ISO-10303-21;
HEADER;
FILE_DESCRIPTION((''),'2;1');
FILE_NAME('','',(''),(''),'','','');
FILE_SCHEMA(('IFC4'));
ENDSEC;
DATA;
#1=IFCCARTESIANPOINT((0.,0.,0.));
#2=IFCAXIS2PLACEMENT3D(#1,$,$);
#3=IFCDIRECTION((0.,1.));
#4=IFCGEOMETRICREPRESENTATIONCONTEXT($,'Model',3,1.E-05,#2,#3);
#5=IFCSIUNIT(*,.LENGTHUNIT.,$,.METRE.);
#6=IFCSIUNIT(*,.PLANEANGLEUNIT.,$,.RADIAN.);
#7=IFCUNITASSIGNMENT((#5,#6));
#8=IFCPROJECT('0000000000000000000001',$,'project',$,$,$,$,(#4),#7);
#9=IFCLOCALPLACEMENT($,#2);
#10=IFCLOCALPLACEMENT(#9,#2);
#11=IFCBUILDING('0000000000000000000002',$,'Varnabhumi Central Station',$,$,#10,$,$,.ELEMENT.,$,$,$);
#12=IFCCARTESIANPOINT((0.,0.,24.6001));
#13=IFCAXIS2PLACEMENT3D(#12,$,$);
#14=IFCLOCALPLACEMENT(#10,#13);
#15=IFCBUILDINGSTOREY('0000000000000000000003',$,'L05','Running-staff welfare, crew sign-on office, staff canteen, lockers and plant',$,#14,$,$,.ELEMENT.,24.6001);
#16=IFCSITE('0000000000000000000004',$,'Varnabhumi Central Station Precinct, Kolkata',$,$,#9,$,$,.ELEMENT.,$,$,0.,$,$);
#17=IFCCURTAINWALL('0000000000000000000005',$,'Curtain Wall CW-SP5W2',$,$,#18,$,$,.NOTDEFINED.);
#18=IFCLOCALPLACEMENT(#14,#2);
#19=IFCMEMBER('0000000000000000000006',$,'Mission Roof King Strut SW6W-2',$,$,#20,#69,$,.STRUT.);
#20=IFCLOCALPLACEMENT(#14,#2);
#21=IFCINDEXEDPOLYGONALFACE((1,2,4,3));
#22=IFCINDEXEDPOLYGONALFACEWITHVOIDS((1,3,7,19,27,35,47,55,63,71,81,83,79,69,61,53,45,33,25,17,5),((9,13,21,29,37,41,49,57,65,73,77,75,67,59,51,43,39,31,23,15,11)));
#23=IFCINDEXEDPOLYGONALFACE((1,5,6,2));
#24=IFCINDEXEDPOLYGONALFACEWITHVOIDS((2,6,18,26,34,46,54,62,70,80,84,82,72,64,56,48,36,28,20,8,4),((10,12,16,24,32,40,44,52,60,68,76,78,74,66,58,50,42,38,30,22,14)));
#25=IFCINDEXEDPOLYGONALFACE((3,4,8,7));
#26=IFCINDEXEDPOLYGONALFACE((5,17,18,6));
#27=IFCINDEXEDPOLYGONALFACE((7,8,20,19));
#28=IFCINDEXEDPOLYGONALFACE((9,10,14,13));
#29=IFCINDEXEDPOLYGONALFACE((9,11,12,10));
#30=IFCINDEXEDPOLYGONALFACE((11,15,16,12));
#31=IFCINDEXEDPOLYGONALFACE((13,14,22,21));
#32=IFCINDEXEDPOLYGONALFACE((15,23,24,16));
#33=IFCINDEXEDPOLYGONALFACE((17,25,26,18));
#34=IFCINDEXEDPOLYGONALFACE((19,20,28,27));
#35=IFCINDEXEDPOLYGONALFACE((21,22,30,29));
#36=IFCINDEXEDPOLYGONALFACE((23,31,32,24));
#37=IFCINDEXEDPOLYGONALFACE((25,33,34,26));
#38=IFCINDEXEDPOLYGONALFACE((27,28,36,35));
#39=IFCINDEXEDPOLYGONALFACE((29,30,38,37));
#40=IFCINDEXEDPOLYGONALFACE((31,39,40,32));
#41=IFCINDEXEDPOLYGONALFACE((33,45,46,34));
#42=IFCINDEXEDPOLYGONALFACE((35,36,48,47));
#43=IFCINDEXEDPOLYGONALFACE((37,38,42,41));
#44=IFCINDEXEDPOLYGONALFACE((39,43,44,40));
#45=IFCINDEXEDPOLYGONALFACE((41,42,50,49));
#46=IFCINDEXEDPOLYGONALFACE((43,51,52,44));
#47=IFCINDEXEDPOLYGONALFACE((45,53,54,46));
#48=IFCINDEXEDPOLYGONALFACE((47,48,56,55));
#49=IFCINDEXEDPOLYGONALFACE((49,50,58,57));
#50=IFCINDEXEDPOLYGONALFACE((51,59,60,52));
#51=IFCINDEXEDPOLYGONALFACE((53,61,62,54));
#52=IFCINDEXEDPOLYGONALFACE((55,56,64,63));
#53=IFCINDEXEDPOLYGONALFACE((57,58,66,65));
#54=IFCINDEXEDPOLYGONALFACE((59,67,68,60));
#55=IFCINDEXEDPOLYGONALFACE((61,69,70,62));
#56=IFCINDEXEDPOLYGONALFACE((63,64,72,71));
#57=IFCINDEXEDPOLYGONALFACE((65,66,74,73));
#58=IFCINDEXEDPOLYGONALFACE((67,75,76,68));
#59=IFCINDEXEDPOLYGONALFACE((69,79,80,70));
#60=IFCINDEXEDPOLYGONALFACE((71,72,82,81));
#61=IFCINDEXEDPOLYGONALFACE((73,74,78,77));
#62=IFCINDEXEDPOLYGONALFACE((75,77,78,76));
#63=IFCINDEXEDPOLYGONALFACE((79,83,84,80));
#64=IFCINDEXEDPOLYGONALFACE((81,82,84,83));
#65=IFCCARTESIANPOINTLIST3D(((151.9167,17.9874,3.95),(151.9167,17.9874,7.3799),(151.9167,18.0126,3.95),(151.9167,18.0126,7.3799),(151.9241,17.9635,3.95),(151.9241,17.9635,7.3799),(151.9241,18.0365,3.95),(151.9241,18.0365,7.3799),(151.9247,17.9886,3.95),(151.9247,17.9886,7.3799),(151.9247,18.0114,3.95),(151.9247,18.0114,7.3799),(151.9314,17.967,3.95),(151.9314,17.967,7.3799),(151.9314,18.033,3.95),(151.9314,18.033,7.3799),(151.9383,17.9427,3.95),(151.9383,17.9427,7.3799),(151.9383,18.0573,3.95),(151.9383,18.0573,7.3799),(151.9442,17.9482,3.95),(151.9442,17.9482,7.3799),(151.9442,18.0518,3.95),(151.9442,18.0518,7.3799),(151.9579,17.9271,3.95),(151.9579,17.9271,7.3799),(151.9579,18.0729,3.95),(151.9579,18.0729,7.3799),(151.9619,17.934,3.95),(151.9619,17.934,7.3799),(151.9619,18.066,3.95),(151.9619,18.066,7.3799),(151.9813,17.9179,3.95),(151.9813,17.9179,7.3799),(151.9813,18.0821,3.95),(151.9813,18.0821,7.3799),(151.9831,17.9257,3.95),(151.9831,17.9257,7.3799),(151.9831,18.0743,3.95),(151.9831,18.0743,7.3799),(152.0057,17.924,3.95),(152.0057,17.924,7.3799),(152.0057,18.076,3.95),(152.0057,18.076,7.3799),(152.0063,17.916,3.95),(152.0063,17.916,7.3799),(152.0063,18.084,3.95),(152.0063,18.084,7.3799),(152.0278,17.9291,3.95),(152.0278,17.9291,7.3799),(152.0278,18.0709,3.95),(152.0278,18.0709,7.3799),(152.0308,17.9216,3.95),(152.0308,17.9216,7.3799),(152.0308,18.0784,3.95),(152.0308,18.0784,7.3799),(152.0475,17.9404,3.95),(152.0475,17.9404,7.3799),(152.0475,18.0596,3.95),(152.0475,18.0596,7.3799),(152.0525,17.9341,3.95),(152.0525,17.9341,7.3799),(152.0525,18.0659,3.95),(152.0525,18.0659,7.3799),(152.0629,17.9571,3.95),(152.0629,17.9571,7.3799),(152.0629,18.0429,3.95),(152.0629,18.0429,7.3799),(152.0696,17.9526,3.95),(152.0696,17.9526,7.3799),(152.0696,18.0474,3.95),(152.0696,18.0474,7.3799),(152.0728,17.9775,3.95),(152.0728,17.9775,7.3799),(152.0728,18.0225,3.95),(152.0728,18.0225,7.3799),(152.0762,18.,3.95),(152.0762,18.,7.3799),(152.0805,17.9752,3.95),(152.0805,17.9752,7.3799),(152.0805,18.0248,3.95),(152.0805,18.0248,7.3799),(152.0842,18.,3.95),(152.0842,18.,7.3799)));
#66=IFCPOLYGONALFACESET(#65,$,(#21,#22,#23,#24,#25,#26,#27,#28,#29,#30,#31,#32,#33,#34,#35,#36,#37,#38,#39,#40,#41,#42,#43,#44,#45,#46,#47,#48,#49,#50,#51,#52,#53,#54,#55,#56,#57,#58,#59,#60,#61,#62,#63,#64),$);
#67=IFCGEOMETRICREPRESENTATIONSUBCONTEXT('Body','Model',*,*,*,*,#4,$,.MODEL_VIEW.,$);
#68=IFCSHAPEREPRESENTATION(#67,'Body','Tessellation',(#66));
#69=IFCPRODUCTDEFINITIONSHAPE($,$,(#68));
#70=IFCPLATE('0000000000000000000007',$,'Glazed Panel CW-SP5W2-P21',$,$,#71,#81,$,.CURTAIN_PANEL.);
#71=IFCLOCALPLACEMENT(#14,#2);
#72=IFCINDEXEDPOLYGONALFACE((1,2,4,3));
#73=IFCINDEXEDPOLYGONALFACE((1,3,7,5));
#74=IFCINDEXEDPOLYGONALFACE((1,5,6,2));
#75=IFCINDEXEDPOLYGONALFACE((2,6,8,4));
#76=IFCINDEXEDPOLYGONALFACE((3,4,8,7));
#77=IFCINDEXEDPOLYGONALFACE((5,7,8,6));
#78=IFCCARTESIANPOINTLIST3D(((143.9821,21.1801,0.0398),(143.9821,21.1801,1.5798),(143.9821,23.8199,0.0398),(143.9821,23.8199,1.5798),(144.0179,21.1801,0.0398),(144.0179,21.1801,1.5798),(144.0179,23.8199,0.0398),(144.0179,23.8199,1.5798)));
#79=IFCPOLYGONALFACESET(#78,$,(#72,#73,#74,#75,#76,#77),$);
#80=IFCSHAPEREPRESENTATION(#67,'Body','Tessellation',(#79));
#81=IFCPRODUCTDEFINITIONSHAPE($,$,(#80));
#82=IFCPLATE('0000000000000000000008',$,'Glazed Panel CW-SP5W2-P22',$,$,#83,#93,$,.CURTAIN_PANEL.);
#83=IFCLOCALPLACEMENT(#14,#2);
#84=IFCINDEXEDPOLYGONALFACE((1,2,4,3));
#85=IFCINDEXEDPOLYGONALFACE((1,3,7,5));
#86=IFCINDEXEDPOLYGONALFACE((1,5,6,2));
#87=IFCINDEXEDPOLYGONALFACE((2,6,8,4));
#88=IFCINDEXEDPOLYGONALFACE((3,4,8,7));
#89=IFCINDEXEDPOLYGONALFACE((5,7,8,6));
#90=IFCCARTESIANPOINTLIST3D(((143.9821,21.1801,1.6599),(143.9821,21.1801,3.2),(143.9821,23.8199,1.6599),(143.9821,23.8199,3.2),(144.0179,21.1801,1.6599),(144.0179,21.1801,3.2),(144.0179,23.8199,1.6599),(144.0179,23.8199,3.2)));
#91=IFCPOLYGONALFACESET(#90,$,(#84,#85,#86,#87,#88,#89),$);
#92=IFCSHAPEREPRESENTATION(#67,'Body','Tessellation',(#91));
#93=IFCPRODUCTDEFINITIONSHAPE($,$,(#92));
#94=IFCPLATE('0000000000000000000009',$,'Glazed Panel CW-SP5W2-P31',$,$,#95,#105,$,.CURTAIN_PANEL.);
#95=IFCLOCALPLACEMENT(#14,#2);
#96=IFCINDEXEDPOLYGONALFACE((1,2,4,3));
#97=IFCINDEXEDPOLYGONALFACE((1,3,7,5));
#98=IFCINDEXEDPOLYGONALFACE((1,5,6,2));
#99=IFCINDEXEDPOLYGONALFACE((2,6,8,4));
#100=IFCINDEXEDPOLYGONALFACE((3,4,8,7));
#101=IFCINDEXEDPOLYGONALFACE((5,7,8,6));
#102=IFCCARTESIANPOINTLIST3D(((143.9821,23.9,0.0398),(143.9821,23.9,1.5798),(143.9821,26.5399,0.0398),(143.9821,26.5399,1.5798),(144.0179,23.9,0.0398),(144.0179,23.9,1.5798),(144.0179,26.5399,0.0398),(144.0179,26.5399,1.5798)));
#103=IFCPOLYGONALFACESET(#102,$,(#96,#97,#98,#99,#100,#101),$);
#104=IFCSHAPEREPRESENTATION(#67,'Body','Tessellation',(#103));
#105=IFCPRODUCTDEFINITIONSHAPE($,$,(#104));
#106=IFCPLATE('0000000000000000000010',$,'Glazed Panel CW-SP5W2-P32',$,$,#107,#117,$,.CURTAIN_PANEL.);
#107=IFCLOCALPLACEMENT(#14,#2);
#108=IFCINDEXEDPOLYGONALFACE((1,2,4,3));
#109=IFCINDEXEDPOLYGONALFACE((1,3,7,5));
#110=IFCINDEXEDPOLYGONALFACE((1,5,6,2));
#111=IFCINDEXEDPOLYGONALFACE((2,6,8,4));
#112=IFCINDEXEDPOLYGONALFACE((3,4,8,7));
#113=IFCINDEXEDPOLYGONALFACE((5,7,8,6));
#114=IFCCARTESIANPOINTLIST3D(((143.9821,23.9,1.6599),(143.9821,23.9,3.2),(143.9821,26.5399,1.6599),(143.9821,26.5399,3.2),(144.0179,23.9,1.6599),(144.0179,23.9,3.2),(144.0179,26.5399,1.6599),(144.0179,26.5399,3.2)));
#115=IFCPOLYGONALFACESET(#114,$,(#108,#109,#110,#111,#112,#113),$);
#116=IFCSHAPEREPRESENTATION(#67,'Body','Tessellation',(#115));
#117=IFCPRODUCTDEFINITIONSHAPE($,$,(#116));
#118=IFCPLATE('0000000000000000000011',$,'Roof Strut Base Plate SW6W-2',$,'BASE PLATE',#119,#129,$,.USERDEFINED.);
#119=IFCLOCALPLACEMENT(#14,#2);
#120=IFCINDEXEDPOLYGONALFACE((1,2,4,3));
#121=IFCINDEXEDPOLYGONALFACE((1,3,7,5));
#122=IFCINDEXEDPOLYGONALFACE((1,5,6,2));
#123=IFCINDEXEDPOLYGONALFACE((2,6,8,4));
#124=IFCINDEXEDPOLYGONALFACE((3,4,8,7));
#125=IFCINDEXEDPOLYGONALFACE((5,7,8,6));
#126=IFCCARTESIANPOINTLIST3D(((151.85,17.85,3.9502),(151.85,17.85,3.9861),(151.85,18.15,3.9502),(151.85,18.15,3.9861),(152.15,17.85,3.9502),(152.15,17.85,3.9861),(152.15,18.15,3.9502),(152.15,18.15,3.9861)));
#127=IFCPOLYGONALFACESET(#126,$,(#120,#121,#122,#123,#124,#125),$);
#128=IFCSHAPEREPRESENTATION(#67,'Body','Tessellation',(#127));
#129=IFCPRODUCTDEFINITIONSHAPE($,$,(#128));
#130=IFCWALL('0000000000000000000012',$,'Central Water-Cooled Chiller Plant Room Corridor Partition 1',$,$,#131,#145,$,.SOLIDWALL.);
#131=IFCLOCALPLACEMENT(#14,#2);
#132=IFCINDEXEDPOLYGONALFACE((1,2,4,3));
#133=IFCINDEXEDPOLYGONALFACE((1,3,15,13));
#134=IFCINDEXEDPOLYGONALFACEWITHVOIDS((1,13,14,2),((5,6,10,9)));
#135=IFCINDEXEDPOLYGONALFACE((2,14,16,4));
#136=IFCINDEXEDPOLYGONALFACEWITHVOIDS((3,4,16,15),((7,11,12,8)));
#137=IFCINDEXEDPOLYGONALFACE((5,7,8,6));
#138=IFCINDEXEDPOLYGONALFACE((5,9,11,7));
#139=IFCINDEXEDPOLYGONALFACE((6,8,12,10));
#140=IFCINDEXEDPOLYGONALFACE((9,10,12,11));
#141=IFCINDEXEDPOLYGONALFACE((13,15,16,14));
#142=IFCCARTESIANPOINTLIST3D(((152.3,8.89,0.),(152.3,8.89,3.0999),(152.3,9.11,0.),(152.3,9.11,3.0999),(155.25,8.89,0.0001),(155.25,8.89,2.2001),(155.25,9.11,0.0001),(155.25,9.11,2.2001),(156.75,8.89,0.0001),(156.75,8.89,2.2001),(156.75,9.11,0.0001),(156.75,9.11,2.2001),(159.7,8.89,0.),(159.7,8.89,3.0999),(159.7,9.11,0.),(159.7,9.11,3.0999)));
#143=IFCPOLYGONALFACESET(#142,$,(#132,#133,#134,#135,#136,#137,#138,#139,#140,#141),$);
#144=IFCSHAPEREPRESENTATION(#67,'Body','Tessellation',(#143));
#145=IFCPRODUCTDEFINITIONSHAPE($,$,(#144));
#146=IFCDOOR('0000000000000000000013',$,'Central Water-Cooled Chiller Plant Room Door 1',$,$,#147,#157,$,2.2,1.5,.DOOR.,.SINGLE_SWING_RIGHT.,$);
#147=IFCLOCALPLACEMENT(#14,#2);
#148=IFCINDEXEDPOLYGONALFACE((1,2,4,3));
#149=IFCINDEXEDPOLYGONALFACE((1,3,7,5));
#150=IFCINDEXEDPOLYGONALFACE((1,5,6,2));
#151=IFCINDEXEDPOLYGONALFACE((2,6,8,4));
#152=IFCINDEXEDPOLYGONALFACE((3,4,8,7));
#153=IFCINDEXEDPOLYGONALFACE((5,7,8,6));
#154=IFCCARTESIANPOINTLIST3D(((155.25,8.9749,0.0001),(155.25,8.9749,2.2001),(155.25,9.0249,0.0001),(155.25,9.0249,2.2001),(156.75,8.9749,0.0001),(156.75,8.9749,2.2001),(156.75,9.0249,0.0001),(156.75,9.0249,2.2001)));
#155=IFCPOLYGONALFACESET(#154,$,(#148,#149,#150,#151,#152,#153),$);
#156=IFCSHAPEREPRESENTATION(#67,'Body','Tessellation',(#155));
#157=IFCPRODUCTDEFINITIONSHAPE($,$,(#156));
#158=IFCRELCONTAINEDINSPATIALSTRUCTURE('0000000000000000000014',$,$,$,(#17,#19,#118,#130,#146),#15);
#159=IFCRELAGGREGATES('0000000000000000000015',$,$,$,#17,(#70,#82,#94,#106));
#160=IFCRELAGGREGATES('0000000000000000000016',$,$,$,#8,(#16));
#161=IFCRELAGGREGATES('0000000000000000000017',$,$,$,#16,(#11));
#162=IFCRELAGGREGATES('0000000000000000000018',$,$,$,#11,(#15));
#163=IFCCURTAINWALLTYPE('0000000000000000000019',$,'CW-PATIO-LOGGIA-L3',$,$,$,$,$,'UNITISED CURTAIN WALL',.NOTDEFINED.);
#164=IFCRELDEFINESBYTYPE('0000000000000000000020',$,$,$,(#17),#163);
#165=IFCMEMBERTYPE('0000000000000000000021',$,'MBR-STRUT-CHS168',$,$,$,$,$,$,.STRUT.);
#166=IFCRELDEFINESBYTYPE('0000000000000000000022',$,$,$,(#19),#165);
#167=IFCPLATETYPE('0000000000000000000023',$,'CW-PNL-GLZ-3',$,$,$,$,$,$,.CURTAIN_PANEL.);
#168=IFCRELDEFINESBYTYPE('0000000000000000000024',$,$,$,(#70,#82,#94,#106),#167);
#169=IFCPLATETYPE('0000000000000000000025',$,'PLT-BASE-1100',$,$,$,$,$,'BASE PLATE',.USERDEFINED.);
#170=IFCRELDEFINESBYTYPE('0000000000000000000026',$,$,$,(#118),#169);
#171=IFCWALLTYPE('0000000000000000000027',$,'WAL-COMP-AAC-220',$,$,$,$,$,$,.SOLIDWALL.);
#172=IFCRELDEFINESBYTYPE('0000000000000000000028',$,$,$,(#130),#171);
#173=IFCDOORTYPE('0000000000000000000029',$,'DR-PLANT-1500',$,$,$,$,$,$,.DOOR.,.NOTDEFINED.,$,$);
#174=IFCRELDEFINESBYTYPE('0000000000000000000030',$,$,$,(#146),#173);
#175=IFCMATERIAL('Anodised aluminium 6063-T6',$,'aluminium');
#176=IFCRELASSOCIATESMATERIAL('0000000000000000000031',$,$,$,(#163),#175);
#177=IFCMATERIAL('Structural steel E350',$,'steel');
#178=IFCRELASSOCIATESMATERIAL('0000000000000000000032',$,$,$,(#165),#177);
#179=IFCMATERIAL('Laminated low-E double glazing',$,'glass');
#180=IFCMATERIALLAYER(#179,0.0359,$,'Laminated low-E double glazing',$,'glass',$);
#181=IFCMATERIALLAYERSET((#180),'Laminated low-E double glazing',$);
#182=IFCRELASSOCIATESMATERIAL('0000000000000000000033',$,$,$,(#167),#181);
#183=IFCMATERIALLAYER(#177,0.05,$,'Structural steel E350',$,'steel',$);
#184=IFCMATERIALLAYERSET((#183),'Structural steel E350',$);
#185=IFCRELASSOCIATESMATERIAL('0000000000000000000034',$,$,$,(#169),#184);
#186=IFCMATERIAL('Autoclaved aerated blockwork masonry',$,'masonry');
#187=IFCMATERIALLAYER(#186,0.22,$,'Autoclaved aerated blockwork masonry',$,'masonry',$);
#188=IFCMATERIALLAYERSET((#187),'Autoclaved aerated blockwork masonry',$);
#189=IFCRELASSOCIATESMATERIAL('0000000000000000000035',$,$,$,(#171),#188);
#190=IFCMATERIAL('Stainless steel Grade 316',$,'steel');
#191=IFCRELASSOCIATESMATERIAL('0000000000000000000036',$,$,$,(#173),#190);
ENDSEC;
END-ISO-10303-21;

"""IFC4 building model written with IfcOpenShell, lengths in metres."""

from ifc_helpers import new_model, si_unit, direction, frame, frame_2d, origin, origin_2d, place, context, subcontext, project, spatial, rectangle, hollow_circle, extrude, material, layer, layer_set, material_profile, profile_set, type_object, element, fill, aggregate, save


model = new_model("IFC4")

# Units and contexts
model_context = context("Model", 3, precision=1e-05, world=origin(), true_north=direction((0.0, 1.0)))
body_context = subcontext(model_context, "Body", "Model", "MODEL_VIEW")
ifc_project = project(units=[si_unit("LENGTHUNIT", "METRE"), si_unit("PLANEANGLEUNIT", "RADIAN")], contexts=[model_context])

# Site, building, storey
site_placement = place(None, origin())
site = spatial("IfcSite", under=ifc_project, at=site_placement, Name="Varnabhumi Central Station Precinct, Kolkata", CompositionType="ELEMENT", RefElevation=0.0)
building_placement = place(site_placement, origin())
building = spatial("IfcBuilding", under=site, at=building_placement, Name="Varnabhumi Central Station", CompositionType="ELEMENT")
storey_placement = place(building_placement, frame((0.0, 0.0, 24.6001)))
storey = spatial("IfcBuildingStorey", under=building, at=storey_placement, Name="L05", Description="Running-staff welfare, crew sign-on office, staff canteen, lockers and plant", CompositionType="ELEMENT", Elevation=24.6001)

# Shared definitions
ifc_material_1 = material(Name="Structural steel E350", Category="steel")

# Curtain wall
ifc_material_2 = material(Name="Anodised aluminium 6063-T6", Category="aluminium")
curtain_wall_type = type_object("IfcCurtainWallType", Name="CW-PATIO-LOGGIA-L3", ElementType="UNITISED CURTAIN WALL", PredefinedType="NOTDEFINED", material=ifc_material_2)
curtain_wall_placement = place(storey_placement, origin())
curtain_wall = element("IfcCurtainWall", 1, at=curtain_wall_placement, inside=storey, type_object=curtain_wall_type, Name="Curtain Wall CW-SP5W2", PredefinedType="NOTDEFINED")

# Member
ifc_material_profile_1 = material_profile(ifc_material_1, hollow_circle(Radius=0.0842, WallThickness=0.0081, at=origin_2d()), Name="Structural steel E350", Category="steel")
ifc_profile_set_1 = profile_set([ifc_material_profile_1], Name="Structural steel E350")
member_type_1 = type_object("IfcMemberType", Name="MBR-STRUT-CHS168", PredefinedType="STRUT", material=ifc_profile_set_1)
member_1_placement = place(storey_placement, frame((152.0, 18.0, 3.95), z_axis=(0.0, 0.0, 1.0), x_axis=(1.0, 0.0, 0.0)))
element("IfcMember", 2, at=member_1_placement, inside=storey, type_object=member_type_1, Name="Mission Roof King Strut SW6W-2", PredefinedType="STRUT", context=body_context, shape_type="SweptSolid", body=[
    extrude(hollow_circle(Radius=0.0842, WallThickness=0.0081, at=origin_2d()), origin(), (0.0, 0.0, 1.0), 3.4299),
])

# Plates
ifc_material_3 = material(Name="Laminated low-E double glazing", Category="glass")
ifc_layer_1 = layer(ifc_material_3, 0.0359, Name="Laminated low-E double glazing", Category="glass")
ifc_layer_set_1 = layer_set([ifc_layer_1], Name="Laminated low-E double glazing")
plate_type_1 = type_object("IfcPlateType", Name="CW-PNL-GLZ-3", PredefinedType="CURTAIN_PANEL", material=ifc_layer_set_1)
plate_1_placement = place(storey_placement, frame((144.0, 22.5, 0.0398), z_axis=(0.0, 0.0, 1.0), x_axis=(0.0, 1.0, 0.0)))
plate_1 = element("IfcPlate", 3, at=plate_1_placement, type_object=plate_type_1, Name="Glazed Panel CW-SP5W2-P21", PredefinedType="CURTAIN_PANEL", context=body_context, shape_type="SweptSolid", body=[
    extrude(rectangle(XDim=2.6399, YDim=0.0359, at=origin_2d()), origin(), (0.0, 0.0, 1.0), 1.54),
])
plate_2_placement = place(storey_placement, frame((144.0, 22.5, 1.6599), z_axis=(0.0, 0.0, 1.0), x_axis=(0.0, 1.0, 0.0)))
plate_2 = element("IfcPlate", 4, at=plate_2_placement, type_object=plate_type_1, Name="Glazed Panel CW-SP5W2-P22", PredefinedType="CURTAIN_PANEL", context=body_context, shape_type="SweptSolid", body=[
    extrude(rectangle(XDim=2.6399, YDim=0.0359, at=origin_2d()), origin(), (0.0, 0.0, 1.0), 1.54),
])
plate_3_placement = place(storey_placement, frame((144.0, 25.22, 0.0398), z_axis=(0.0, 0.0, 1.0), x_axis=(0.0, 1.0, 0.0)))
plate_3 = element("IfcPlate", 5, at=plate_3_placement, type_object=plate_type_1, Name="Glazed Panel CW-SP5W2-P31", PredefinedType="CURTAIN_PANEL", context=body_context, shape_type="SweptSolid", body=[
    extrude(rectangle(XDim=2.6399, YDim=0.0359, at=origin_2d()), origin(), (0.0, 0.0, 1.0), 1.54),
])
plate_4_placement = place(storey_placement, frame((144.0, 25.22, 1.6599), z_axis=(0.0, 0.0, 1.0), x_axis=(0.0, 1.0, 0.0)))
plate_4 = element("IfcPlate", 6, at=plate_4_placement, type_object=plate_type_1, Name="Glazed Panel CW-SP5W2-P32", PredefinedType="CURTAIN_PANEL", context=body_context, shape_type="SweptSolid", body=[
    extrude(rectangle(XDim=2.6399, YDim=0.0359, at=origin_2d()), origin(), (0.0, 0.0, 1.0), 1.54),
])
aggregate(curtain_wall, [plate_1, plate_2, plate_3, plate_4])
ifc_layer_2 = layer(ifc_material_1, 0.05, Name="Structural steel E350", Category="steel")
ifc_layer_set_2 = layer_set([ifc_layer_2], Name="Structural steel E350")
plate_type_2 = type_object("IfcPlateType", Name="PLT-BASE-1100", ElementType="BASE PLATE", PredefinedType="USERDEFINED", material=ifc_layer_set_2)
plate_5_placement = place(storey_placement, frame((152.0, 18.0, 3.9502), z_axis=(0.0, 0.0, 1.0), x_axis=(1.0, 0.0, 0.0)))
element("IfcPlate", 7, at=plate_5_placement, inside=storey, type_object=plate_type_2, Name="Roof Strut Base Plate SW6W-2", ObjectType="BASE PLATE", PredefinedType="USERDEFINED", context=body_context, shape_type="SweptSolid", body=[
    extrude(rectangle(XDim=0.3, YDim=0.3, at=origin_2d()), origin(), (0.0, 0.0, 1.0), 0.0359),
])

# Wall, opening, door
ifc_material_4 = material(Name="Autoclaved aerated blockwork masonry", Category="masonry")
ifc_layer_3 = layer(ifc_material_4, 0.22, Name="Autoclaved aerated blockwork masonry", Category="masonry")
ifc_layer_set_3 = layer_set([ifc_layer_3], Name="Autoclaved aerated blockwork masonry")
wall_type_1 = type_object("IfcWallType", Name="WAL-COMP-AAC-220", PredefinedType="SOLIDWALL", material=ifc_layer_set_3)
wall_1_placement = place(storey_placement, frame((152.3, 9.0, 0.0), z_axis=(0.0, 0.0, 1.0), x_axis=(1.0, 0.0, 0.0)))
wall_1 = element("IfcWall", 8, at=wall_1_placement, inside=storey, type_object=wall_type_1, Name="Central Water-Cooled Chiller Plant Room Corridor Partition 1", PredefinedType="SOLIDWALL", context=body_context, shape_type="SweptSolid", body=[
    extrude(rectangle(XDim=7.3999, YDim=0.22, at=frame_2d((3.7, 0.0))), origin(), (0.0, 0.0, 1.0), 3.0999),
])
opening_1_placement = place(wall_1_placement, frame((2.95, 0.0, 0.0)))
opening_1 = element("IfcOpeningElement", 9, at=opening_1_placement, cuts=wall_1, PredefinedType="OPENING", context=body_context, shape_type="SweptSolid", body=[
    extrude(rectangle(XDim=1.5, YDim=2.2, at=frame_2d((0.75, 1.1001))), frame((0.0, 0.1199, 0.0), z_axis=(0.0, -1.0, 0.0), x_axis=(1.0, 0.0, 0.0)), (0.0, 0.0, 1.0), 0.24),
])
ifc_material_5 = material(Name="Stainless steel Grade 316", Category="steel")
door_type_1 = type_object("IfcDoorType", Name="DR-PLANT-1500", OperationType="NOTDEFINED", PredefinedType="DOOR", material=ifc_material_5)
door_1_placement = place(opening_1_placement, origin())
door_1 = element("IfcDoor", 10, at=door_1_placement, inside=storey, type_object=door_type_1, Name="Central Water-Cooled Chiller Plant Room Door 1", OperationType="SINGLE_SWING_RIGHT", OverallHeight=2.2, OverallWidth=1.5, PredefinedType="DOOR", context=body_context, shape_type="SweptSolid", body=[
    extrude(rectangle(XDim=1.5, YDim=2.2, at=frame_2d((0.75, 1.1001))), frame((0.0, 0.0249, 0.0), z_axis=(0.0, -1.0, 0.0), x_axis=(1.0, 0.0, 0.0)), (0.0, 0.0, 1.0), 0.05),
])
fill(opening_1, door_1)

save(model, "model.ifc")
